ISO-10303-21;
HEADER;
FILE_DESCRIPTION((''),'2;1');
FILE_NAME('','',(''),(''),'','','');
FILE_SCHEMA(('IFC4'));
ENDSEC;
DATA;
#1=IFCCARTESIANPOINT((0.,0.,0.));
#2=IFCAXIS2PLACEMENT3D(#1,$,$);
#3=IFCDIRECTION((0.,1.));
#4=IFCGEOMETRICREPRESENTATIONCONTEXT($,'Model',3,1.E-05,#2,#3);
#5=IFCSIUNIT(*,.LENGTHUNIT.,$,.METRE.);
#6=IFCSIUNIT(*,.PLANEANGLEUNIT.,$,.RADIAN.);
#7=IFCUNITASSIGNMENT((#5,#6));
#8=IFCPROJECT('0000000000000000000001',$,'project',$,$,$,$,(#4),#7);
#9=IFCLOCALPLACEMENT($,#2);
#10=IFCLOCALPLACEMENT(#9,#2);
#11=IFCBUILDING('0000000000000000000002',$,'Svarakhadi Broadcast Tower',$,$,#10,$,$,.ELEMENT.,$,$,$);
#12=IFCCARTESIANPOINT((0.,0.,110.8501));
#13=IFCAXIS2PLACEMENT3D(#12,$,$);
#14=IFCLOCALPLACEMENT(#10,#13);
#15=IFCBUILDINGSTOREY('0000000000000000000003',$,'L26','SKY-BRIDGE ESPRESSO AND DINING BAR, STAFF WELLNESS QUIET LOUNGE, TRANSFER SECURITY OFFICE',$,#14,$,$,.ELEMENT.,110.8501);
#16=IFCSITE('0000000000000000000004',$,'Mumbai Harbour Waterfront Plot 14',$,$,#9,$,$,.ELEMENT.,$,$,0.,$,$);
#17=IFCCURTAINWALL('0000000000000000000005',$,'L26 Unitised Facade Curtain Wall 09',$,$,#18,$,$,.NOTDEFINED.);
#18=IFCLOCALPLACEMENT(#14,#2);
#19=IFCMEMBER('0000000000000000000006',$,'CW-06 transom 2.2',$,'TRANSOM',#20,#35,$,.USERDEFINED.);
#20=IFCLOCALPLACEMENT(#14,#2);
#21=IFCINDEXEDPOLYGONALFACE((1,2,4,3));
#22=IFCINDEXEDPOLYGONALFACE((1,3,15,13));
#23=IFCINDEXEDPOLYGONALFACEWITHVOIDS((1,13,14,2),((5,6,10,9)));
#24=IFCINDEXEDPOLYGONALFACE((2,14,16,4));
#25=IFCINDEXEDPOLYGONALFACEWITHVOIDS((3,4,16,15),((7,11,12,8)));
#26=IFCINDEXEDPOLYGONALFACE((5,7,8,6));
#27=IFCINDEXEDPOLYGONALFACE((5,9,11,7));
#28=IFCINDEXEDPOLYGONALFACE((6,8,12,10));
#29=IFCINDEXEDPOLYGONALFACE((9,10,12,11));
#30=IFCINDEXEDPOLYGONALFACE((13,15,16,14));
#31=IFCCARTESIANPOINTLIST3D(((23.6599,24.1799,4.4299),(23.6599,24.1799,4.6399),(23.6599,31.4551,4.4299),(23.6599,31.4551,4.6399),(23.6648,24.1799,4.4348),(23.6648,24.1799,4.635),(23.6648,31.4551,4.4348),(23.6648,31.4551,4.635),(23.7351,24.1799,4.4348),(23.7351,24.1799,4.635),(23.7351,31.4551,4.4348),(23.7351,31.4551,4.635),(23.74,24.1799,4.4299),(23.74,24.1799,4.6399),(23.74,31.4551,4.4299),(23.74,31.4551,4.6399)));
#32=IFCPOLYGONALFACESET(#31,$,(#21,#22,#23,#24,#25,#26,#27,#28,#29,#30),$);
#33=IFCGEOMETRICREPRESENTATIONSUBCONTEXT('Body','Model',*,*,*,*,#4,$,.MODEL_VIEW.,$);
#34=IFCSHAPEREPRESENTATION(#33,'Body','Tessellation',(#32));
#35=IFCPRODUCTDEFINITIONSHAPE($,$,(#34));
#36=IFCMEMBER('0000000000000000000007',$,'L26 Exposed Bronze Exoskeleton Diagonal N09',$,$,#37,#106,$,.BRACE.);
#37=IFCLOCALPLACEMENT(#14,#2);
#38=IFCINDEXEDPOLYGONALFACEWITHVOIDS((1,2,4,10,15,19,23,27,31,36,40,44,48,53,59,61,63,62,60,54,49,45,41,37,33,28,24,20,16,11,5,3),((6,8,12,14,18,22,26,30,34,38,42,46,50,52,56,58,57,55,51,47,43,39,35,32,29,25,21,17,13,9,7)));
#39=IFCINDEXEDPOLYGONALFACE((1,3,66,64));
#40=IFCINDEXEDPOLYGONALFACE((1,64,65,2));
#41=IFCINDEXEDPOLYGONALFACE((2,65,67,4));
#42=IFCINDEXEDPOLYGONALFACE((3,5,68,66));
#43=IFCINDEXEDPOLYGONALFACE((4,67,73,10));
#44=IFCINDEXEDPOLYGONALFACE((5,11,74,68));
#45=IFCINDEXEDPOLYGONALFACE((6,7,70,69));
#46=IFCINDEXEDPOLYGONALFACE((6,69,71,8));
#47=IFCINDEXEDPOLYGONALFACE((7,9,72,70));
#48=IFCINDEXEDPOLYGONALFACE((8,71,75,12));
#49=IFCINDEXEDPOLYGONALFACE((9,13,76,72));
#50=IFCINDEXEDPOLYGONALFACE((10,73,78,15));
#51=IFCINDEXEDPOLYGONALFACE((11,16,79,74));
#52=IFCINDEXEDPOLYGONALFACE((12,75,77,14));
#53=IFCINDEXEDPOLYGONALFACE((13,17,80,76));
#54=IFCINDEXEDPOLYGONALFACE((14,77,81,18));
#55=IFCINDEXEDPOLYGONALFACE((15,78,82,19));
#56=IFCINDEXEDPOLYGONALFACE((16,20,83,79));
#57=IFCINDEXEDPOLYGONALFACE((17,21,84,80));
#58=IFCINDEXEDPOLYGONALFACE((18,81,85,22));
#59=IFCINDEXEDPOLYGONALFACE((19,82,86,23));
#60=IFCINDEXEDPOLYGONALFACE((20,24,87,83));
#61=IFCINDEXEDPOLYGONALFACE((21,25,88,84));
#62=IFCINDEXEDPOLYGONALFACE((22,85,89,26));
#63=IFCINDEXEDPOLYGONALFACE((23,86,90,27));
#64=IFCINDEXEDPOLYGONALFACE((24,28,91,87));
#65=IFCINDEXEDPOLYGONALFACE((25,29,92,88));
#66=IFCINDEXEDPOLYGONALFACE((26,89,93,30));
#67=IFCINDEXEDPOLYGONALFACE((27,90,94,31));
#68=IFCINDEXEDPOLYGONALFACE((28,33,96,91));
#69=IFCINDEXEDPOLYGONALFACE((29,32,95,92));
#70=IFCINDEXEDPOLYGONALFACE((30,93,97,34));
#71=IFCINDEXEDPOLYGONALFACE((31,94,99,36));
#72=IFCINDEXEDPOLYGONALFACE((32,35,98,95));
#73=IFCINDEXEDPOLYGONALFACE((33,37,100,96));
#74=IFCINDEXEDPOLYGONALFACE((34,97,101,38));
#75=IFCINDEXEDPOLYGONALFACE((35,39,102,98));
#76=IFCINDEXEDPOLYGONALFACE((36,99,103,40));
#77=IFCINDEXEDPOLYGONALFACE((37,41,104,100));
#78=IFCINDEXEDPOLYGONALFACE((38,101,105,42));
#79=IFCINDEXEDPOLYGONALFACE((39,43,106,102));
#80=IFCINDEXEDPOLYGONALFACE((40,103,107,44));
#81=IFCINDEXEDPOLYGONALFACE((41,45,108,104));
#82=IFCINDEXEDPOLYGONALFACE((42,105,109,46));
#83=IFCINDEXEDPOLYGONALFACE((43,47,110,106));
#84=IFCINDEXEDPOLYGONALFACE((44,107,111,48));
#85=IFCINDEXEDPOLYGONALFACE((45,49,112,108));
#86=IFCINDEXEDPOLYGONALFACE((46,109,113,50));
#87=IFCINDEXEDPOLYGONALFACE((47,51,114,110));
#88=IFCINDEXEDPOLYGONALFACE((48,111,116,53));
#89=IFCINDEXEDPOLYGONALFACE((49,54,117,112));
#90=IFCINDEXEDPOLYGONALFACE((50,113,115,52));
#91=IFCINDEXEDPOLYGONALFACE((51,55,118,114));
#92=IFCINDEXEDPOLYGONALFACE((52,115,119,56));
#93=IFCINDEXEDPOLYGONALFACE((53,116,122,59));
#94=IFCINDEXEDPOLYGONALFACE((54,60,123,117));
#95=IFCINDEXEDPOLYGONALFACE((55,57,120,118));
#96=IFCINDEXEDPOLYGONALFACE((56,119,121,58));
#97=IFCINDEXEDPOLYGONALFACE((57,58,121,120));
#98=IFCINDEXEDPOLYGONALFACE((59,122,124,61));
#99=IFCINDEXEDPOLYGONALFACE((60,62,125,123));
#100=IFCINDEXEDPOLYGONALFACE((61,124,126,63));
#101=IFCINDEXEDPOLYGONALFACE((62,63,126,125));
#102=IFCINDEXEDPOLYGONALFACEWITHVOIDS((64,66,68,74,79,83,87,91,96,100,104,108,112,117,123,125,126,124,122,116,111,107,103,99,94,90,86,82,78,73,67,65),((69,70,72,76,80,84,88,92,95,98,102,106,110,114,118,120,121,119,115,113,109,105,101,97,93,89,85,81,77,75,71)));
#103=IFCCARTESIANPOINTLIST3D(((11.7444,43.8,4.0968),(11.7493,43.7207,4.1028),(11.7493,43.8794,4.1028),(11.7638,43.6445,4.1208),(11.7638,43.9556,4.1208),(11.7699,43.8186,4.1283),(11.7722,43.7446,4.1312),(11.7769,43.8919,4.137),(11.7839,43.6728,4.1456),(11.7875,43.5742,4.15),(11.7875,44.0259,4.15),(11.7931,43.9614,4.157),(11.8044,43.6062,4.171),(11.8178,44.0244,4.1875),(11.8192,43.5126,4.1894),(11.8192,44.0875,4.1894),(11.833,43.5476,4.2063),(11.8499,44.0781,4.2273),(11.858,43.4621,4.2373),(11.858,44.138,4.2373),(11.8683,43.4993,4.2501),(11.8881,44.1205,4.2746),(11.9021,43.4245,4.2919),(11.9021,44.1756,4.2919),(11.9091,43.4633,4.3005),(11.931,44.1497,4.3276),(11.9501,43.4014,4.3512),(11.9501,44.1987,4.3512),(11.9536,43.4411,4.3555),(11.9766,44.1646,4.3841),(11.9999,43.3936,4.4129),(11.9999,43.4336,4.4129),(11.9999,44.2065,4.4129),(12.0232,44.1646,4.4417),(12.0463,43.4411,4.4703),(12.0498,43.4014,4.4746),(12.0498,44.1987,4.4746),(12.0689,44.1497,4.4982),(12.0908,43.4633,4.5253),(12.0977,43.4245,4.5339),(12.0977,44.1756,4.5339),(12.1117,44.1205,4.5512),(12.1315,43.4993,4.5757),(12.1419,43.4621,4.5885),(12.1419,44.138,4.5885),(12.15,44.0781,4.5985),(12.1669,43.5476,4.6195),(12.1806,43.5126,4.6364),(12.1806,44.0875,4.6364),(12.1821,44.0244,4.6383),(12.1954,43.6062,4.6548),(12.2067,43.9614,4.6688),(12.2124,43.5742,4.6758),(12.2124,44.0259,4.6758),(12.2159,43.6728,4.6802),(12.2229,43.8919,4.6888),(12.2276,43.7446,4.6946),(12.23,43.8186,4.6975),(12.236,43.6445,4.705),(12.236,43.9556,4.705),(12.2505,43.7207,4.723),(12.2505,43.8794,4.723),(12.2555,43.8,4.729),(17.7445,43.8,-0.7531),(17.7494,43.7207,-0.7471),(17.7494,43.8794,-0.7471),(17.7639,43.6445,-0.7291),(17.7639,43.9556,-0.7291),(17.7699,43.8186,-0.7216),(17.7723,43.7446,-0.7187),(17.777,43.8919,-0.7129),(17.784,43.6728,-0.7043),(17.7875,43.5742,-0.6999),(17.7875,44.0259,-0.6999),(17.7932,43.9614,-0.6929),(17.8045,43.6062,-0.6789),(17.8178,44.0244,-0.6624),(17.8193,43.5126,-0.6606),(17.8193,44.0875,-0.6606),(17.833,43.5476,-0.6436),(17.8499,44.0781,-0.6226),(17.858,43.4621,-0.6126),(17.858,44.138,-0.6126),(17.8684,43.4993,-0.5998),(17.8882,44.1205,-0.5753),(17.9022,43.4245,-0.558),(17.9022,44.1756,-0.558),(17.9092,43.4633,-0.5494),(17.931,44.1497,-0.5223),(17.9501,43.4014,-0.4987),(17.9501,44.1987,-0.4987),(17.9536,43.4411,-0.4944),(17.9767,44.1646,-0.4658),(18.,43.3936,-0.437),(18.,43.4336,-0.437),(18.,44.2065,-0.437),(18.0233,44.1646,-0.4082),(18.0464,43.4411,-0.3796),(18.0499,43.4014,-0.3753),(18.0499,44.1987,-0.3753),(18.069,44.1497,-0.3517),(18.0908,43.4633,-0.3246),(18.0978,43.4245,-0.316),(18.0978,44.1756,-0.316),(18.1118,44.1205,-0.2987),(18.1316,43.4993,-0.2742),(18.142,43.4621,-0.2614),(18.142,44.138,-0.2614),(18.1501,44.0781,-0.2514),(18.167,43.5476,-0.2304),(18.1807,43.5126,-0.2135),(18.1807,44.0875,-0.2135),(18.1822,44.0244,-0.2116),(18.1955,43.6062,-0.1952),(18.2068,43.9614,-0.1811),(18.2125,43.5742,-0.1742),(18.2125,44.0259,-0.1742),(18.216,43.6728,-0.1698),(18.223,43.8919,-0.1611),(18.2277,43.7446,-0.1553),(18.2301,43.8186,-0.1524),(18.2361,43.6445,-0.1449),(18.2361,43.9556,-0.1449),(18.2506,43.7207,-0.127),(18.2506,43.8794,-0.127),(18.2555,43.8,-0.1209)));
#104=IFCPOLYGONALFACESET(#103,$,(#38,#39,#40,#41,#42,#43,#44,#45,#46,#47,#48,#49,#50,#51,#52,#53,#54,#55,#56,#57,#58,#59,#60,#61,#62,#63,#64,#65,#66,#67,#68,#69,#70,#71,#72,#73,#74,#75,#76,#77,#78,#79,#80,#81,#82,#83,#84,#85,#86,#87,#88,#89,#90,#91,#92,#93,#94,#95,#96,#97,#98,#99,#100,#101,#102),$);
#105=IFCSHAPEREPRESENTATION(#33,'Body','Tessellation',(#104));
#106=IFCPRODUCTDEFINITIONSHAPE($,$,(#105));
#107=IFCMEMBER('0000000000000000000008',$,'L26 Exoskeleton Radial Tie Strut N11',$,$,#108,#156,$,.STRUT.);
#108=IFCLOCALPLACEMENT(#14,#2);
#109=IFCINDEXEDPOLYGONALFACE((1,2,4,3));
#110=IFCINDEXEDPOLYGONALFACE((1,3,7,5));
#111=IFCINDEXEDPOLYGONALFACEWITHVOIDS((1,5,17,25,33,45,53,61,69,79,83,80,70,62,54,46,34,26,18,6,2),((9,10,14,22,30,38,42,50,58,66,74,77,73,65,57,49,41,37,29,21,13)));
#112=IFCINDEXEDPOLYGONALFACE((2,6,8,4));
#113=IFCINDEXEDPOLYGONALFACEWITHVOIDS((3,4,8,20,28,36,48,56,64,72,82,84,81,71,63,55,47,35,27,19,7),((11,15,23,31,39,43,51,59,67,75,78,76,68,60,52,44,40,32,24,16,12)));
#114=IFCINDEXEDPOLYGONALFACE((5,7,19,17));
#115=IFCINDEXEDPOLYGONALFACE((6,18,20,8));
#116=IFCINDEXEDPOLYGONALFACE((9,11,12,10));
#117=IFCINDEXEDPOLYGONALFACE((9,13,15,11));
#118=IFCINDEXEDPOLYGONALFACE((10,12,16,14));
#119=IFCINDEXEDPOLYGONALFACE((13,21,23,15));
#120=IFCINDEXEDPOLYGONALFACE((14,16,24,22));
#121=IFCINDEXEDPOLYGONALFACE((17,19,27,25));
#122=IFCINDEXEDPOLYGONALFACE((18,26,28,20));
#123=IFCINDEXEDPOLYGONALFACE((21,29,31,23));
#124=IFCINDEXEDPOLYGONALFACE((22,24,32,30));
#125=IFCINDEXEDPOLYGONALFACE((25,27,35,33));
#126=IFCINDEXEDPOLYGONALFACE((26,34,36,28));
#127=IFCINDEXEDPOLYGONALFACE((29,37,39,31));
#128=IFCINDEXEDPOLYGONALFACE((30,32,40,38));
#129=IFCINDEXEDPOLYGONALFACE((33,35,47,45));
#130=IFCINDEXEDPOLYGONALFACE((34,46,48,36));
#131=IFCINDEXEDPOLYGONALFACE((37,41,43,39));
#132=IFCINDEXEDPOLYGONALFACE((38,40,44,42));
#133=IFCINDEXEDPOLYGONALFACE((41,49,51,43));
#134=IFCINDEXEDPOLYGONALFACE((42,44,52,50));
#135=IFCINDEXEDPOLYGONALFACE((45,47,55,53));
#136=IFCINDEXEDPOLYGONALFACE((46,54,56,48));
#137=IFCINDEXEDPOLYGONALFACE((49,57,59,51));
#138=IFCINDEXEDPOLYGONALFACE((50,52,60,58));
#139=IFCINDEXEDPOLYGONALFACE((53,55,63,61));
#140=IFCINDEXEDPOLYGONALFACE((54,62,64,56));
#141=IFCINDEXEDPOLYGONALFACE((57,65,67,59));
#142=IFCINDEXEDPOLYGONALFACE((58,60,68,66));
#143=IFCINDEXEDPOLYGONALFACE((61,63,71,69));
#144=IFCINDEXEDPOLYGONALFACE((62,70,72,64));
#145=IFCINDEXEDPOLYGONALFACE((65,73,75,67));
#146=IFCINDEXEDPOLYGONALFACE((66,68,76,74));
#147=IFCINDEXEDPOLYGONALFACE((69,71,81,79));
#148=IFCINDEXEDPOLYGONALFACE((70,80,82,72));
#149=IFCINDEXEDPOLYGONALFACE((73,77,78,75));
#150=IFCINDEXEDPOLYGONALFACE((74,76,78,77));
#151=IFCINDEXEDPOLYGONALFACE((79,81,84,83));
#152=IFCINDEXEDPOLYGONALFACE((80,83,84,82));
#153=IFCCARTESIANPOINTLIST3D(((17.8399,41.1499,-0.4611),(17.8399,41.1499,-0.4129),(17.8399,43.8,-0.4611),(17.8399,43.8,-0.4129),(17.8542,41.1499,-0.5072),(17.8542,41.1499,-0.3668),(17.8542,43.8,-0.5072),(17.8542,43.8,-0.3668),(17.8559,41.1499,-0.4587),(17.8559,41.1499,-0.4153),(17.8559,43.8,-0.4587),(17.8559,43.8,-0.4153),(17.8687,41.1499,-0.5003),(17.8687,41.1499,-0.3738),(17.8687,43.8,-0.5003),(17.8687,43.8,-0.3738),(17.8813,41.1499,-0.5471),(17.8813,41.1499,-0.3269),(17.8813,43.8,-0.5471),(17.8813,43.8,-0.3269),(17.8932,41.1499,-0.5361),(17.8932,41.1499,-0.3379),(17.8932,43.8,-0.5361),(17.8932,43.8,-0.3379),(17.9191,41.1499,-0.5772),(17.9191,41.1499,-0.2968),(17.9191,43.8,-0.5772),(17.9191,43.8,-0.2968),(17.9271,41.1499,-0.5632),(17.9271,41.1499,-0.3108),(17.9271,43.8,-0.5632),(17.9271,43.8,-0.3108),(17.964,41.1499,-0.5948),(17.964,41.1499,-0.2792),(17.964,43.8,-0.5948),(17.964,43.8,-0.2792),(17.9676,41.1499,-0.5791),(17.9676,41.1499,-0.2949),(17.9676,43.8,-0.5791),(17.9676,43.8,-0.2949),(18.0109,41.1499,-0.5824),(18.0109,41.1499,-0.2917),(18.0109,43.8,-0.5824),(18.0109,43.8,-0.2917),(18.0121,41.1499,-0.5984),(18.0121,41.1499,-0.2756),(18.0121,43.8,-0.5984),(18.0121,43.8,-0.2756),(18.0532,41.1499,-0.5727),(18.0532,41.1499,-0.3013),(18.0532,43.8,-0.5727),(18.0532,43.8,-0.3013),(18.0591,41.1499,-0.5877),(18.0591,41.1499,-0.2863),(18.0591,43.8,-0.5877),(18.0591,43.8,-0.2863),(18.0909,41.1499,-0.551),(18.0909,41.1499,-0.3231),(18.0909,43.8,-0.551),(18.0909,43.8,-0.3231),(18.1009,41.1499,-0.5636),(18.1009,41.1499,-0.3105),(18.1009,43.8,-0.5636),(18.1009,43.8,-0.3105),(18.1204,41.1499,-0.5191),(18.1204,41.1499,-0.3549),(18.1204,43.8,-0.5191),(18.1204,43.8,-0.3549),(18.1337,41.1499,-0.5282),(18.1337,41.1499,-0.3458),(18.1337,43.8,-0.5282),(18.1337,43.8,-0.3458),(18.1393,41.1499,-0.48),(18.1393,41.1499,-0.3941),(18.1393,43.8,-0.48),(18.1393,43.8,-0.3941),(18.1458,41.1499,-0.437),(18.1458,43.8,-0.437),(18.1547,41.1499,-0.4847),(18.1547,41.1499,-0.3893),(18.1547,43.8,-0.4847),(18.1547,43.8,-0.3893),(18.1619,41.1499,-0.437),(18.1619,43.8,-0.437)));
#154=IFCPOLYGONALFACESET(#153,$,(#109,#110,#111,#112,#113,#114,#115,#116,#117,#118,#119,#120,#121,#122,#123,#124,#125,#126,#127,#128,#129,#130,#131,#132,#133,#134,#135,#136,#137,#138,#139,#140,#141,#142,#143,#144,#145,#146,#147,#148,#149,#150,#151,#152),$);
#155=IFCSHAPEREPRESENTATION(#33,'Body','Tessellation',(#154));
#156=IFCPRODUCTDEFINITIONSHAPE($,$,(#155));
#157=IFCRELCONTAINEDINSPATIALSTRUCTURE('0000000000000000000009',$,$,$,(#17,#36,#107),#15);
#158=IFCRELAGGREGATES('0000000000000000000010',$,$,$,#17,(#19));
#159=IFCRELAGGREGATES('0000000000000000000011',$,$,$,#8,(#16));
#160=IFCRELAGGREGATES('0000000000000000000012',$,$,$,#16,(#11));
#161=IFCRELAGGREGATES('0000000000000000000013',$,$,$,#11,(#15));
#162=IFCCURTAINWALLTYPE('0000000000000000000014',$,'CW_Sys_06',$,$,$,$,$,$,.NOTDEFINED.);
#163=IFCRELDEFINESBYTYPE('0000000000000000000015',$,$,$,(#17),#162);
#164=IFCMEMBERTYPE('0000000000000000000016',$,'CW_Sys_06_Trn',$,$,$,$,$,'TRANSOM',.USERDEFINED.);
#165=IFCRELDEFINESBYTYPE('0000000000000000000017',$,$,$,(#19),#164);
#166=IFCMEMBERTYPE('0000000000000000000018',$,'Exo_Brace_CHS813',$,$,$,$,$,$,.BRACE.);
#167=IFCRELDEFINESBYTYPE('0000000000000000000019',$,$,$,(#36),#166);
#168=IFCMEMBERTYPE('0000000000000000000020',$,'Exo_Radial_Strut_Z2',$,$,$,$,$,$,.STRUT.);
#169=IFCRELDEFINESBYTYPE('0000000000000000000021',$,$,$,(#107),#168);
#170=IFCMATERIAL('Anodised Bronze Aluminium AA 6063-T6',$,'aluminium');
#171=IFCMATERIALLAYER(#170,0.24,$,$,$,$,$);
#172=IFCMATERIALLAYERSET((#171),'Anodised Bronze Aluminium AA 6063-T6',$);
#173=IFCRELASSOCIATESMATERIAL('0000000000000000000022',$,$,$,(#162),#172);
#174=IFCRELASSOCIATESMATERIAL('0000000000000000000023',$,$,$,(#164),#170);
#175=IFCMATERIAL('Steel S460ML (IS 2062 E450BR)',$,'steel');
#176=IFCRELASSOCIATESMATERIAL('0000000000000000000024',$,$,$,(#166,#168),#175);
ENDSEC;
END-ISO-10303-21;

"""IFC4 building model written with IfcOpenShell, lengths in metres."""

from ifc_helpers import new_model, si_unit, direction, frame, origin, origin_2d, place, context, subcontext, project, spatial, hollow_rectangle, hollow_circle, extrude, material, layer, layer_set, material_profile, profile_set, type_object, element, aggregate, save


model = new_model("IFC4")

# Units and contexts
model_context = context("Model", 3, precision=1e-05, world=origin(), true_north=direction((0.0, 1.0)))
body_context = subcontext(model_context, "Body", "Model", "MODEL_VIEW")
ifc_project = project(units=[si_unit("LENGTHUNIT", "METRE"), si_unit("PLANEANGLEUNIT", "RADIAN")], contexts=[model_context])

# Site, building, storey
site_placement = place(None, origin())
site = spatial("IfcSite", under=ifc_project, at=site_placement, Name="Mumbai Harbour Waterfront Plot 14", CompositionType="ELEMENT", RefElevation=0.0)
building_placement = place(site_placement, origin())
building = spatial("IfcBuilding", under=site, at=building_placement, Name="Svarakhadi Broadcast Tower", CompositionType="ELEMENT")
storey_placement = place(building_placement, frame((0.0, 0.0, 110.8501)))
storey = spatial("IfcBuildingStorey", under=building, at=storey_placement, Name="L26", Description="SKY-BRIDGE ESPRESSO AND DINING BAR, STAFF WELLNESS QUIET LOUNGE, TRANSFER SECURITY OFFICE", CompositionType="ELEMENT", Elevation=110.8501)

# Shared definitions
ifc_material_1 = material(Name="Steel S460ML (IS 2062 E450BR)", Category="steel")

# Curtain wall
ifc_material_2 = material(Name="Anodised Bronze Aluminium AA 6063-T6", Category="aluminium")
ifc_layer_1 = layer(ifc_material_2, 0.24)
ifc_layer_set_1 = layer_set([ifc_layer_1], Name="Anodised Bronze Aluminium AA 6063-T6")
curtain_wall_type = type_object("IfcCurtainWallType", Name="CW_Sys_06", PredefinedType="NOTDEFINED", material=ifc_layer_set_1)
curtain_wall_1_placement = place(storey_placement, origin())
curtain_wall_1 = element("IfcCurtainWall", 1, at=curtain_wall_1_placement, inside=storey, type_object=curtain_wall_type, Name="L26 Unitised Facade Curtain Wall 09", PredefinedType="NOTDEFINED")

# Member
ifc_material_profile_1 = material_profile(ifc_material_2, hollow_rectangle(XDim=0.0801, YDim=0.21, WallThickness=0.0049, at=origin_2d()), Name="ALU TRANSOM 210x80x5")
ifc_profile_set_1 = profile_set([ifc_material_profile_1], Name="Anodised Bronze Aluminium AA 6063-T6")
member_type_1 = type_object("IfcMemberType", Name="CW_Sys_06_Trn", ElementType="TRANSOM", PredefinedType="USERDEFINED", material=ifc_profile_set_1)
member_1_placement = place(storey_placement, frame((23.7, 31.4551, 4.5349), z_axis=(0.0, -1.0, 0.0), x_axis=(1.0, 0.0, 0.0)))
member_1 = element("IfcMember", 2, at=member_1_placement, type_object=member_type_1, Name="CW-06 transom 2.2", ObjectType="TRANSOM", PredefinedType="USERDEFINED", context=body_context, shape_type="SweptSolid", body=[
    extrude(hollow_rectangle(XDim=0.0801, YDim=0.21, WallThickness=0.0049, at=origin_2d()), origin(), (0.0, 0.0, 1.0), 7.2751),
])

# Members
ifc_material_profile_2 = material_profile(ifc_material_1, hollow_circle(Radius=0.4065, WallThickness=0.04, at=origin_2d()), Name="CHS 813x40")
ifc_profile_set_2 = profile_set([ifc_material_profile_2], Name="Steel S460ML (IS 2062 E450BR)")
member_type_2 = type_object("IfcMemberType", Name="Exo_Brace_CHS813", PredefinedType="BRACE", material=ifc_profile_set_2)
member_2_placement = place(storey_placement, frame((18.0, 43.8, -0.437), z_axis=(-0.777707, 0.0, 0.628627), x_axis=(0.0, -1.0, 0.0)))
element("IfcMember", 3, at=member_2_placement, inside=storey, type_object=member_type_2, Name="L26 Exposed Bronze Exoskeleton Diagonal N09", PredefinedType="BRACE", context=body_context, shape_type="SweptSolid", body=[
    extrude(hollow_circle(Radius=0.4065, WallThickness=0.04, at=origin_2d()), origin(), (0.0, 0.0, 1.0), 7.7151),
])
ifc_material_profile_3 = material_profile(ifc_material_1, hollow_circle(Radius=0.1619, WallThickness=0.0161, at=origin_2d()), Name="CHS 323.9x16")
ifc_profile_set_3 = profile_set([ifc_material_profile_3], Name="Steel S460ML (IS 2062 E450BR)")
member_type_3 = type_object("IfcMemberType", Name="Exo_Radial_Strut_Z2", PredefinedType="STRUT", material=ifc_profile_set_3)
member_3_placement = place(storey_placement, frame((18.0, 43.8, -0.437), z_axis=(0.0, -1.0, 0.0), x_axis=(1.0, 0.0, 0.0)))
element("IfcMember", 4, at=member_3_placement, inside=storey, type_object=member_type_3, Name="L26 Exoskeleton Radial Tie Strut N11", PredefinedType="STRUT", context=body_context, shape_type="SweptSolid", body=[
    extrude(hollow_circle(Radius=0.1619, WallThickness=0.0161, at=origin_2d()), origin(), (0.0, 0.0, 1.0), 2.6501),
])

aggregate(curtain_wall_1, [member_1])

save(model, "model.ifc")
